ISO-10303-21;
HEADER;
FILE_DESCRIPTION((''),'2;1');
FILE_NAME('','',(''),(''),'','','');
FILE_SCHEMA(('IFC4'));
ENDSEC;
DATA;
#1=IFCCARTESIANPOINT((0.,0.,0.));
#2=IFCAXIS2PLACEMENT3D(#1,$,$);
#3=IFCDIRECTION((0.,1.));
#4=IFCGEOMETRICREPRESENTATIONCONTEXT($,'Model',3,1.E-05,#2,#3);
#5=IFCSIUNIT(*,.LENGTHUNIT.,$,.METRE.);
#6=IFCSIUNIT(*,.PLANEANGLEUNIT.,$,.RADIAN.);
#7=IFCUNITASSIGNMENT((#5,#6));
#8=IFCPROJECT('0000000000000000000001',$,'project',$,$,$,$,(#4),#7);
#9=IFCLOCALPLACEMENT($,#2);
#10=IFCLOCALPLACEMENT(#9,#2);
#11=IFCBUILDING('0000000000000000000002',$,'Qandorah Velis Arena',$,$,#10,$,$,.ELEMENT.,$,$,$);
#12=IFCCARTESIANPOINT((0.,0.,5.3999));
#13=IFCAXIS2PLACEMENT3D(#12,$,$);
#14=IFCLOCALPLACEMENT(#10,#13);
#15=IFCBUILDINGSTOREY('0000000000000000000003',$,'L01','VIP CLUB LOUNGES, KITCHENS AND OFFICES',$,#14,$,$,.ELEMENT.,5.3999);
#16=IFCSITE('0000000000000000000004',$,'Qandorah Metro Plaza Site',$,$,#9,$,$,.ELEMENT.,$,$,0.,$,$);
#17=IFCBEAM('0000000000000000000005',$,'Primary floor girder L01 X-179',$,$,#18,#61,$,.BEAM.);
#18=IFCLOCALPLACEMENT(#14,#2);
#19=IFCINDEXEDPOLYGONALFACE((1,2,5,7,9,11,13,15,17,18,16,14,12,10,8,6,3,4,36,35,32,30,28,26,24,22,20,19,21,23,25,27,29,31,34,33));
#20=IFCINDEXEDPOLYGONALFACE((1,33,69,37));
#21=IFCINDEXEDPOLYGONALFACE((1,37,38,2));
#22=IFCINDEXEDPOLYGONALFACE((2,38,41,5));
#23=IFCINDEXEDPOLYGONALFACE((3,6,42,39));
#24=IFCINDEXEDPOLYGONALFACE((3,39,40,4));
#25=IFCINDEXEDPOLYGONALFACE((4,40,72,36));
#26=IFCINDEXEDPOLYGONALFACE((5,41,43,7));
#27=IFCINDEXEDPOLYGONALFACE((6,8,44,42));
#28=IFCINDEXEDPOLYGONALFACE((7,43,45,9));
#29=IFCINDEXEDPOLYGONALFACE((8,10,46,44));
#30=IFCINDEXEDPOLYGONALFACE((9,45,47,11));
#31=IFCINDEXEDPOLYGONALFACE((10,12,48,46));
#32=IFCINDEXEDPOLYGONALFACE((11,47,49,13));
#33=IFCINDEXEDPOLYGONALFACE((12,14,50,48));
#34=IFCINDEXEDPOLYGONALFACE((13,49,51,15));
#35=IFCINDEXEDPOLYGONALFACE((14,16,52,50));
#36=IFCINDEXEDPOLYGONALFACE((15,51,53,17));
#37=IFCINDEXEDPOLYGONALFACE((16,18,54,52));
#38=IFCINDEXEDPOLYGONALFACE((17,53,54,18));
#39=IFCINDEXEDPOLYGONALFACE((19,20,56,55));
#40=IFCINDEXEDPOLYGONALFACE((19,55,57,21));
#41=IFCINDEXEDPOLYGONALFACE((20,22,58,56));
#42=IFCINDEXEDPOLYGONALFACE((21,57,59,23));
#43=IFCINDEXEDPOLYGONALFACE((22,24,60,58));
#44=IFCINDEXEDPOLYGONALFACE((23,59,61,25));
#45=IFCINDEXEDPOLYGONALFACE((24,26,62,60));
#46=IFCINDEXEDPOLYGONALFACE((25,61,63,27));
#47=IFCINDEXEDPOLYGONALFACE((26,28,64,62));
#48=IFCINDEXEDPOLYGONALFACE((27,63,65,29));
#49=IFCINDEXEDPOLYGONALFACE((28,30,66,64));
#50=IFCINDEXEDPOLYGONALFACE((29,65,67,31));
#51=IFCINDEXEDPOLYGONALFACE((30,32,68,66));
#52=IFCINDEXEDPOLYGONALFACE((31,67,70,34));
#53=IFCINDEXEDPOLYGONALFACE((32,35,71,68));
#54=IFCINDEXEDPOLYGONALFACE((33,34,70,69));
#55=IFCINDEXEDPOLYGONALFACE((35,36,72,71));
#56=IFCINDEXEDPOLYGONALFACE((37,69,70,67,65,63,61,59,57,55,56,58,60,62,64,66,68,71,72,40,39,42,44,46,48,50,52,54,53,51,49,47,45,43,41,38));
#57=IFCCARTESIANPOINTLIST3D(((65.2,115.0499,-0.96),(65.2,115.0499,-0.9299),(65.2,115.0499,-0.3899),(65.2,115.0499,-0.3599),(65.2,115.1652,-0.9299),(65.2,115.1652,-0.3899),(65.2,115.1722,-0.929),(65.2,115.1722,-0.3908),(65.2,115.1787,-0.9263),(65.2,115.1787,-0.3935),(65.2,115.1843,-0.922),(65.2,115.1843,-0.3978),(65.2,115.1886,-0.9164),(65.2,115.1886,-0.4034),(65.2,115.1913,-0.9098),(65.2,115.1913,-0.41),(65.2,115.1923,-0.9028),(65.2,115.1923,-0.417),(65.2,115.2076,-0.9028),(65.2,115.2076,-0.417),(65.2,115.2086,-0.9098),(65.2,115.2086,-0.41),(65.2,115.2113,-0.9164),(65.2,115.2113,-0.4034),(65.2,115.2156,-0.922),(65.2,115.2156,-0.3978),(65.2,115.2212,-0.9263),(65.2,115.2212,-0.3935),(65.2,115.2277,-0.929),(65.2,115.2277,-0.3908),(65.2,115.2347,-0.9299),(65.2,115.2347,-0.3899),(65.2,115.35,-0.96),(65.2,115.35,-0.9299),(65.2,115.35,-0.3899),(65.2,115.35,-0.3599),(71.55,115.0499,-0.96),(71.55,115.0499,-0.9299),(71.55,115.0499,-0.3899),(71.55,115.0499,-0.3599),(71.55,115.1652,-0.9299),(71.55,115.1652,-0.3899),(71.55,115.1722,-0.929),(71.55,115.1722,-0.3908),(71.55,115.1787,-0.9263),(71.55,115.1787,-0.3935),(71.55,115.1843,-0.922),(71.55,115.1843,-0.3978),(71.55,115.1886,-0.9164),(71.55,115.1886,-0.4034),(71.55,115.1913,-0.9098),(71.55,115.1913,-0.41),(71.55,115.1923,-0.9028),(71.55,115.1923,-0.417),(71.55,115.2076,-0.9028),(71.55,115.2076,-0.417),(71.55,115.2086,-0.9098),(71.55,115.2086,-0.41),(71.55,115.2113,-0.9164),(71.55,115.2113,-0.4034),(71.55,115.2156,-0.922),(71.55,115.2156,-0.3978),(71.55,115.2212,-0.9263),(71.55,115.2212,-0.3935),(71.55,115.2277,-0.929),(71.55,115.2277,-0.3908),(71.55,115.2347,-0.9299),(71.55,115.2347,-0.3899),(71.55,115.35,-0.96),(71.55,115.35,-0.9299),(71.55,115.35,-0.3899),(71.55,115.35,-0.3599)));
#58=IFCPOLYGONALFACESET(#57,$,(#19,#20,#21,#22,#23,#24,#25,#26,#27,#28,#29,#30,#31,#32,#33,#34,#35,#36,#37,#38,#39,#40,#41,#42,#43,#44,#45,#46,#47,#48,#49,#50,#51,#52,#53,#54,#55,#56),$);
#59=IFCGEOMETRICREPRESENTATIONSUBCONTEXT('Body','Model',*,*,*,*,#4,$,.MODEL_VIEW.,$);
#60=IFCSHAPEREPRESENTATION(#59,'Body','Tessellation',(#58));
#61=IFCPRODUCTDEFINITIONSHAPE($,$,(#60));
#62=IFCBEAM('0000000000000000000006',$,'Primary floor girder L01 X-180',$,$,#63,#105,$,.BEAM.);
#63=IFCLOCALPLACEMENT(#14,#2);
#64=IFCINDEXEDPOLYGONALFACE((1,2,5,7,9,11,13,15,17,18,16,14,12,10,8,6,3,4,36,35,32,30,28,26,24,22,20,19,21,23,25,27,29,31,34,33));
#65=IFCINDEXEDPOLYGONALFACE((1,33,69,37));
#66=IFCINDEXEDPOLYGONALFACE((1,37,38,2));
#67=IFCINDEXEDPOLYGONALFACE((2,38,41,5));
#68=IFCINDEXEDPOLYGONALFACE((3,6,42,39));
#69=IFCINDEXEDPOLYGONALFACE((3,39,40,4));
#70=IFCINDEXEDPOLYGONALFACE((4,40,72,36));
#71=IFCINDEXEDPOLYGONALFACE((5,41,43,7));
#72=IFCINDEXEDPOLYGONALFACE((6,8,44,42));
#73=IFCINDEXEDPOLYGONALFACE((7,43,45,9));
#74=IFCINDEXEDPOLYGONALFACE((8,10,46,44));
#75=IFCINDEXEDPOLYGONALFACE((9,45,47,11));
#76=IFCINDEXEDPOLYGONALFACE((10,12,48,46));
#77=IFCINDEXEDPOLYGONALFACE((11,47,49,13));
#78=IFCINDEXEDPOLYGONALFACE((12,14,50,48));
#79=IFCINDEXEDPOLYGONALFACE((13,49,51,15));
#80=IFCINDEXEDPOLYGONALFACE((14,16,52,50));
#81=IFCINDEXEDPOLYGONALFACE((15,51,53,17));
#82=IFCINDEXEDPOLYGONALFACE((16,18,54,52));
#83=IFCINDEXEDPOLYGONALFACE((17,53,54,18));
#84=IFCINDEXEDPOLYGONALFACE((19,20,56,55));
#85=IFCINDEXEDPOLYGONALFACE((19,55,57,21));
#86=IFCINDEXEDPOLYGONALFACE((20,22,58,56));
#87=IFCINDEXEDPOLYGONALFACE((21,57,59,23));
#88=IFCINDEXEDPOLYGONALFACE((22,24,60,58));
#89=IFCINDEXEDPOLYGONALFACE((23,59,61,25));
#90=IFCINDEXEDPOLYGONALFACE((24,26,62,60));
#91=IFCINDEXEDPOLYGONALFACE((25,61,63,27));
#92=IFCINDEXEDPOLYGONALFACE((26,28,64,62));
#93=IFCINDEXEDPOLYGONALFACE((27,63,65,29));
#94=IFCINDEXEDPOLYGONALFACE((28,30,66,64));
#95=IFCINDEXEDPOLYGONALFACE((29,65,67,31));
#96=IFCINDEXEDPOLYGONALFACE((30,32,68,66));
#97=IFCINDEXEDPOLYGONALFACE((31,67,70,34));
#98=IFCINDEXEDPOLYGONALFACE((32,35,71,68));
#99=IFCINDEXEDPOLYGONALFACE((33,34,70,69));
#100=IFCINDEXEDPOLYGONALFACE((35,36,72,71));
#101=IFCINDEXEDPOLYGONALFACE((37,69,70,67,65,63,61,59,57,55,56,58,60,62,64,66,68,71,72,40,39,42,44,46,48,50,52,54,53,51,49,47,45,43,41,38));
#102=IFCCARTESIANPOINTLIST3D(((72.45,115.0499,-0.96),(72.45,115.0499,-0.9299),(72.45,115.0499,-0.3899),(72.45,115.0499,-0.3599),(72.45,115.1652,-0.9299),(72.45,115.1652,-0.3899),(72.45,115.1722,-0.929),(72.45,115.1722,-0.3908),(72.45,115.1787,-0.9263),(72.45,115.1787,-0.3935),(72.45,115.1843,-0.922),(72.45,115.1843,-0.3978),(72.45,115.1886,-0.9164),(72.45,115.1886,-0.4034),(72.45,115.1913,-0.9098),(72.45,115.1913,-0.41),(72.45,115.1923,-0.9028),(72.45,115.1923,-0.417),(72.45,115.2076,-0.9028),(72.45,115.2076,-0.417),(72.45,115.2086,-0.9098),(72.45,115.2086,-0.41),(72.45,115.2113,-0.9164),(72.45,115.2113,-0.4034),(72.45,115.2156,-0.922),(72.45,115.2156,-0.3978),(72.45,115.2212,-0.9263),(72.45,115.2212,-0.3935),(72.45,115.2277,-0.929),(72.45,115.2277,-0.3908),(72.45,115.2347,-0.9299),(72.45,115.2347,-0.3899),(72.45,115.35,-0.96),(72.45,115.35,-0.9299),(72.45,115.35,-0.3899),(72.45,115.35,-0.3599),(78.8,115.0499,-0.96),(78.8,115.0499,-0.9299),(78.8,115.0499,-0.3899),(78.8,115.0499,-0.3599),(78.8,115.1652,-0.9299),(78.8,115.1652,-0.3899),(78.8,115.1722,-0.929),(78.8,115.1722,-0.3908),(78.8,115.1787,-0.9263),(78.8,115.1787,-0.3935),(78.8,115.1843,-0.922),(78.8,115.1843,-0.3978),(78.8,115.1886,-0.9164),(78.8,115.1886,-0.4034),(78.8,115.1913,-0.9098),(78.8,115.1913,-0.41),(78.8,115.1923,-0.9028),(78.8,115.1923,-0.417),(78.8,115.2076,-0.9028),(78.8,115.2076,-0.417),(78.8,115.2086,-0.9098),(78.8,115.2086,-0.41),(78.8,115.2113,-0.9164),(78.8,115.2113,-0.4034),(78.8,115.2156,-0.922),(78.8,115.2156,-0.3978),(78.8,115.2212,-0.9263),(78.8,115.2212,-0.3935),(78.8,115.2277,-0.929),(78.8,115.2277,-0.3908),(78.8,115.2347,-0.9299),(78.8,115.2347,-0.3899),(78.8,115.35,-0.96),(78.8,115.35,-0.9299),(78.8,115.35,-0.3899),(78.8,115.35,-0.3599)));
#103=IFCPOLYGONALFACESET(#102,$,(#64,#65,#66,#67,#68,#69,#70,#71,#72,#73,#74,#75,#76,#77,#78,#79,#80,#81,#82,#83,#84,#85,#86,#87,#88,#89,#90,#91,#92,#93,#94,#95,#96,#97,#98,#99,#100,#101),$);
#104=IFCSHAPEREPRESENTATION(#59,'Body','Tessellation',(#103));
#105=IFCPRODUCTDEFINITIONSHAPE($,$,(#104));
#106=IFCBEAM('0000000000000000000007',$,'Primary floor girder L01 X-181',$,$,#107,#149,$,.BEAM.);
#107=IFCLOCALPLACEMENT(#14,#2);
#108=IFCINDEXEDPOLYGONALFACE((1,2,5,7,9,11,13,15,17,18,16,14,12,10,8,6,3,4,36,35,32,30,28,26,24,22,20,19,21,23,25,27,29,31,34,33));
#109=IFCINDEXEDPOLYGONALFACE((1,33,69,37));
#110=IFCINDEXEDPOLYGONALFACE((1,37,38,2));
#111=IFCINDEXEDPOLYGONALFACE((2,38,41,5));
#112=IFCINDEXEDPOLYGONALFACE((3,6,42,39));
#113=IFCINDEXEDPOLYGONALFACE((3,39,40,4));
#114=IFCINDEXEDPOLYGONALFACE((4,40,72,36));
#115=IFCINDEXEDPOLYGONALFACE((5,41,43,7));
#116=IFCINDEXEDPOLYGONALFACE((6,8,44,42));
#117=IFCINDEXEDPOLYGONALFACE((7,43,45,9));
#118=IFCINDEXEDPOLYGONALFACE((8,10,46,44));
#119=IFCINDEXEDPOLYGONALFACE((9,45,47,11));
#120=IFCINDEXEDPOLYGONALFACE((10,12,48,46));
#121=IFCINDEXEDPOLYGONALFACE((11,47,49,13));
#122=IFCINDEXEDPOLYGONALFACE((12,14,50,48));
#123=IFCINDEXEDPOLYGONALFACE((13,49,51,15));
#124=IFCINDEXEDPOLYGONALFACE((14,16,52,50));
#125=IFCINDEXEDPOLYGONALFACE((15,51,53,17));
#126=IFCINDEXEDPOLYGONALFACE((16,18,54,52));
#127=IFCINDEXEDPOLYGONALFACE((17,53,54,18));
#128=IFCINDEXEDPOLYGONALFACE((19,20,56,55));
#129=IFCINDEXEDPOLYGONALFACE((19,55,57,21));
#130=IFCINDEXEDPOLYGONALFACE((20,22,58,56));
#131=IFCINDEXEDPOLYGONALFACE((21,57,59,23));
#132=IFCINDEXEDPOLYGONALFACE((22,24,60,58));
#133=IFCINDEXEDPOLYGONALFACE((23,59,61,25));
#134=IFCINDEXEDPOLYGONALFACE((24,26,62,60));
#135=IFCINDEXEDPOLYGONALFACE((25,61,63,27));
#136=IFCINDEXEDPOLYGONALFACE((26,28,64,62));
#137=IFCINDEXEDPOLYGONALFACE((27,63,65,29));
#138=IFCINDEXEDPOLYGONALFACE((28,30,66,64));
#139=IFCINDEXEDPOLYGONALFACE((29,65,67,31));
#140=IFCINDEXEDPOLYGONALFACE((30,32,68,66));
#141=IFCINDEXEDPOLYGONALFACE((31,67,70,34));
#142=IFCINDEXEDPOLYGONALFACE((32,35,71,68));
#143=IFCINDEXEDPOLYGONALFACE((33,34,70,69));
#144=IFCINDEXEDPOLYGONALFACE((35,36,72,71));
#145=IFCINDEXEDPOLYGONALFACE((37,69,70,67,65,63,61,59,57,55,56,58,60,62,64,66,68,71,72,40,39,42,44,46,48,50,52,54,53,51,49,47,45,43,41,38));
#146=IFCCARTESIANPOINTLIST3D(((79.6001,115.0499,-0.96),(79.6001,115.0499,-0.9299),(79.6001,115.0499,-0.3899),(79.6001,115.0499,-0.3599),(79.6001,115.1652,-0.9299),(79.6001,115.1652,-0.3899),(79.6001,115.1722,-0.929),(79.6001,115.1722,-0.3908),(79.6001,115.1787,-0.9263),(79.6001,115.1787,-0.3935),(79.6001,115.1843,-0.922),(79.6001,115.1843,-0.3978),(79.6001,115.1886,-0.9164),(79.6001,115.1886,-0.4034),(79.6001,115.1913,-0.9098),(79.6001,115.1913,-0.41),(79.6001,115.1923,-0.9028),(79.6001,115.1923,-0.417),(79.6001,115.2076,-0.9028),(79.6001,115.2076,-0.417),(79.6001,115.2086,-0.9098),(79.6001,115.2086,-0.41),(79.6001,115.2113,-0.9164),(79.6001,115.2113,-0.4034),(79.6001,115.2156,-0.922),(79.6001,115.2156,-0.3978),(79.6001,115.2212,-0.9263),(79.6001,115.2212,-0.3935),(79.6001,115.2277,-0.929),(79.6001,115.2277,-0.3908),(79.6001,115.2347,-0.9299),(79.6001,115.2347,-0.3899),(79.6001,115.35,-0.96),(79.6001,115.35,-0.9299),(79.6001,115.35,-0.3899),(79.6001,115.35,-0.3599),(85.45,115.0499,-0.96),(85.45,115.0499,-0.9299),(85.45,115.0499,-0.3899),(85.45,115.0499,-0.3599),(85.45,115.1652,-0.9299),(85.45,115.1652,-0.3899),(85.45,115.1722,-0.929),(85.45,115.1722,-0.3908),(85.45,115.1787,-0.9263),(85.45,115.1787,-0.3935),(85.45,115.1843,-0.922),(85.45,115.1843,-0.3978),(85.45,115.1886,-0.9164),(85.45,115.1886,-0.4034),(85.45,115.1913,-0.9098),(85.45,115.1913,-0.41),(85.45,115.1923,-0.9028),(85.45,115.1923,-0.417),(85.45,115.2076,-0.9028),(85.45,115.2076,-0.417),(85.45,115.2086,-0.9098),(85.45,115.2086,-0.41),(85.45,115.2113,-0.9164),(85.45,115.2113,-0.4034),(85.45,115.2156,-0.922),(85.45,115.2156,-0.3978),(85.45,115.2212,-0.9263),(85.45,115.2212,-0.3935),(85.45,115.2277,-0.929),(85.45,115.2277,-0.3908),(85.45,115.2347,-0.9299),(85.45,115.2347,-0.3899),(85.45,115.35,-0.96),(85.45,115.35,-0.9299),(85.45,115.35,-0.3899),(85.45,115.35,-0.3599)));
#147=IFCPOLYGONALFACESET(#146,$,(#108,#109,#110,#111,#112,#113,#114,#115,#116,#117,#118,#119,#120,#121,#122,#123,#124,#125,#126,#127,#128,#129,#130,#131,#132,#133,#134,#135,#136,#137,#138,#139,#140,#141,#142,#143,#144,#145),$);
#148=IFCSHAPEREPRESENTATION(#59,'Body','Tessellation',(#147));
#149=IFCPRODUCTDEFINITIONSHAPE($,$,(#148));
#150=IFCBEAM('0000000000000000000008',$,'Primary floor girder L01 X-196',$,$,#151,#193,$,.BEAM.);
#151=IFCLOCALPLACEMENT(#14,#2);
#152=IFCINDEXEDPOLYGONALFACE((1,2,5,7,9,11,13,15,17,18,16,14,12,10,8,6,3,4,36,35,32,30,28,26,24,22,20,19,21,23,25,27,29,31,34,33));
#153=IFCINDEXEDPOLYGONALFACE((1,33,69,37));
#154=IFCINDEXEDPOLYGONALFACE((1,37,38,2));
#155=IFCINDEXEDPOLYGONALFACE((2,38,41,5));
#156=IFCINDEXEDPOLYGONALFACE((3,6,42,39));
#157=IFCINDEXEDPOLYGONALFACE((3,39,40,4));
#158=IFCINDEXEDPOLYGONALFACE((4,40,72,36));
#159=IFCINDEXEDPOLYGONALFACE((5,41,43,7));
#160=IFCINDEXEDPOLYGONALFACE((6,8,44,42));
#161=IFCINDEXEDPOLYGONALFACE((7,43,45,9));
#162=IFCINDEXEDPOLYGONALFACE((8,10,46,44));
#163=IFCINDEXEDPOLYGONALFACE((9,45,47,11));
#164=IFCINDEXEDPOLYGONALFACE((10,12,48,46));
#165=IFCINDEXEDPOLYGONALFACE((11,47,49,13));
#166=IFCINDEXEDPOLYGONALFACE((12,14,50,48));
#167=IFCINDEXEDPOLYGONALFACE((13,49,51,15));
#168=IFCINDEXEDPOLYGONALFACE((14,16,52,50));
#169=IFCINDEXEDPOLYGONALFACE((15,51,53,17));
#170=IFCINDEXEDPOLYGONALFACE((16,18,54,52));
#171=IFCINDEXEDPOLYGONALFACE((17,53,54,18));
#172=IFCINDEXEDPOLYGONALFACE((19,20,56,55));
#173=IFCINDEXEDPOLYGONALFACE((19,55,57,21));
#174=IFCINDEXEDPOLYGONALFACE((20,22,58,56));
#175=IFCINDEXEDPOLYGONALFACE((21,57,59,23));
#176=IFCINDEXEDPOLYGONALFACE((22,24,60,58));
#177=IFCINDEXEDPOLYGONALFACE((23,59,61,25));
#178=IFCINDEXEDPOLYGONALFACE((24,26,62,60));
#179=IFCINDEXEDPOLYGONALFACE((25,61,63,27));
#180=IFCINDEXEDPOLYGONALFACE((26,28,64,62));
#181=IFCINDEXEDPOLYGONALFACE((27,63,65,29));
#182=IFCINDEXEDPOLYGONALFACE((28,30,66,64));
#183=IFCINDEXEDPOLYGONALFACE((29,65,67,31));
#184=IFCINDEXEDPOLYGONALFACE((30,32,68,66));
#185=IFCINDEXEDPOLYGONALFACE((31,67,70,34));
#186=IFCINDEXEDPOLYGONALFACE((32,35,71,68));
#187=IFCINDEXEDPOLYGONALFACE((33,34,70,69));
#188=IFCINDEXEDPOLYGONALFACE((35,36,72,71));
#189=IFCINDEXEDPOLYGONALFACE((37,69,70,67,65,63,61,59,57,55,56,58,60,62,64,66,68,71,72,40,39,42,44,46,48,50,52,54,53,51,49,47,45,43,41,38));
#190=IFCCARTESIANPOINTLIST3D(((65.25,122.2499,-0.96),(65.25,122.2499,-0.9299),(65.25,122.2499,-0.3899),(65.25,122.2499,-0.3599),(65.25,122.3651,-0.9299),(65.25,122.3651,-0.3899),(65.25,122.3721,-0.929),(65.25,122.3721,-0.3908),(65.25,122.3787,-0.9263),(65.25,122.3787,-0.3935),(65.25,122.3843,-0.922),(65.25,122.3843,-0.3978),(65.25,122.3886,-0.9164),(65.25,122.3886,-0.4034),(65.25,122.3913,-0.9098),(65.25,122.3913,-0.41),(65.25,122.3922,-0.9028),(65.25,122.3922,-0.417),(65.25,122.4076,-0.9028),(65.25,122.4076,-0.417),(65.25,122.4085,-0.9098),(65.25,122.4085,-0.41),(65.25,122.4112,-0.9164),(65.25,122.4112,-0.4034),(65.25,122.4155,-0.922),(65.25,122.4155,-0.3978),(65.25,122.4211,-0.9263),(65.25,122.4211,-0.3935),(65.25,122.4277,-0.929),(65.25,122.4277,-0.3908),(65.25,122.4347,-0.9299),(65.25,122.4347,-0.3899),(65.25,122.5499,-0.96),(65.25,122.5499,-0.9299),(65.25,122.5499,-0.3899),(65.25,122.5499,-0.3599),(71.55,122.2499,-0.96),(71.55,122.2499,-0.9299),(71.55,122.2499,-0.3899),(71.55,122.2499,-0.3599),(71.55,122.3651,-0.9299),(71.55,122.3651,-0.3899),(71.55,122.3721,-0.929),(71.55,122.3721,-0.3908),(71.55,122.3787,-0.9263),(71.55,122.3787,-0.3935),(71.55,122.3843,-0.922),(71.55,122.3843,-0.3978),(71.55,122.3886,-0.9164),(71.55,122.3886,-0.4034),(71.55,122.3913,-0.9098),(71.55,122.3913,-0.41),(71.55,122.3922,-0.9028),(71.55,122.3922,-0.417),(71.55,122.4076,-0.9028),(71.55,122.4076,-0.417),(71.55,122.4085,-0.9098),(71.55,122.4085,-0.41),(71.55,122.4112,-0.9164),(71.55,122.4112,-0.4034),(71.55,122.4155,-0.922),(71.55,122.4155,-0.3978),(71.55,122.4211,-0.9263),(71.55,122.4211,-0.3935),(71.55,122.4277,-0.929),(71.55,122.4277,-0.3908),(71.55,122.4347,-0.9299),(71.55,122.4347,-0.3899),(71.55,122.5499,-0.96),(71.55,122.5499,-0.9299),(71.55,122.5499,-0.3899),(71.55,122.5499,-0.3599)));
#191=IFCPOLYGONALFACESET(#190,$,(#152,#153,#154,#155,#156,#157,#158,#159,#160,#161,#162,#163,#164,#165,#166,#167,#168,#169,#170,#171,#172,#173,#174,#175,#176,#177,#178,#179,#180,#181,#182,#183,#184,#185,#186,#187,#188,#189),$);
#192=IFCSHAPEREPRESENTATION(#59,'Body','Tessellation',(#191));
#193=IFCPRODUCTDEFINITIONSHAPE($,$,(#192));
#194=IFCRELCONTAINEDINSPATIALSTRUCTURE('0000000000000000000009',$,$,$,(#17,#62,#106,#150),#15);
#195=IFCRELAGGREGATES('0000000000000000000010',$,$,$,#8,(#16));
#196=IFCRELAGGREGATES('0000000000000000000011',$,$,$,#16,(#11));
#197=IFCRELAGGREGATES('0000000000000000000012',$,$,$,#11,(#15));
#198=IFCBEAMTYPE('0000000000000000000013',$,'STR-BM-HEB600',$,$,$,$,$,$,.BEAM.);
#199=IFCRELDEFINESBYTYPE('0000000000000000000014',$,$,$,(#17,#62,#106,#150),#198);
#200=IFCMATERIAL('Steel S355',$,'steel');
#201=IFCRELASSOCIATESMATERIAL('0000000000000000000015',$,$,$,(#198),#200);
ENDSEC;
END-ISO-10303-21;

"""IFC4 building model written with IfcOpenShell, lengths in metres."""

from ifc_helpers import new_model, si_unit, direction, frame, origin, origin_2d, place, context, subcontext, project, spatial, i_section, extrude, material, material_profile, profile_set, type_object, element, save


model = new_model("IFC4")

# Units and contexts
model_context = context("Model", 3, precision=1e-05, world=origin(), true_north=direction((0.0, 1.0)))
body_context = subcontext(model_context, "Body", "Model", "MODEL_VIEW")
ifc_project = project(units=[si_unit("LENGTHUNIT", "METRE"), si_unit("PLANEANGLEUNIT", "RADIAN")], contexts=[model_context])

# Site, building, storey
site_placement = place(None, origin())
site = spatial("IfcSite", under=ifc_project, at=site_placement, Name="Qandorah Metro Plaza Site", CompositionType="ELEMENT", RefElevation=0.0)
building_placement = place(site_placement, origin())
building = spatial("IfcBuilding", under=site, at=building_placement, Name="Qandorah Velis Arena", CompositionType="ELEMENT")
storey_placement = place(building_placement, frame((0.0, 0.0, 5.3999)))
storey = spatial("IfcBuildingStorey", under=building, at=storey_placement, Name="L01", Description="VIP CLUB LOUNGES, KITCHENS AND OFFICES", CompositionType="ELEMENT", Elevation=5.3999)

# Beams
ifc_material_1 = material(Name="Steel S355", Category="steel")
ifc_material_profile_1 = material_profile(ifc_material_1, i_section(OverallWidth=0.3, OverallDepth=0.6001, WebThickness=0.0154, FlangeThickness=0.03, FilletRadius=0.0271, at=origin_2d()), Name="HEB 600")
ifc_profile_set_1 = profile_set([ifc_material_profile_1], Name="Steel S355")
beam_type_1 = type_object("IfcBeamType", Name="STR-BM-HEB600", PredefinedType="BEAM", material=ifc_profile_set_1)
for number, where, z_axis, x_axis, name in (
    (1, (65.2, 115.2, -0.6599), (1.0, 0.0, 0.0), (0.0, 1.0, 0.0), "Primary floor girder L01 X-179"),
    (2, (72.45, 115.2, -0.6599), (1.0, 0.0, 0.0), (0.0, 1.0, 0.0), "Primary floor girder L01 X-180"),
):
    element("IfcBeam", number, at=place(storey_placement, frame(where, z_axis=z_axis, x_axis=x_axis)), inside=storey, type_object=beam_type_1, Name=name, PredefinedType="BEAM", context=body_context, shape_type="SweptSolid", body=[
        extrude(i_section(OverallWidth=0.3, OverallDepth=0.6001, WebThickness=0.0154, FlangeThickness=0.03, FilletRadius=0.0271, at=origin_2d()), origin(), (0.0, 0.0, 1.0), 6.3501),
    ])
beam_1_placement = place(storey_placement, frame((79.6001, 115.2, -0.6599), z_axis=(1.0, 0.0, 0.0), x_axis=(0.0, 1.0, 0.0)))
element("IfcBeam", 3, at=beam_1_placement, inside=storey, type_object=beam_type_1, Name="Primary floor girder L01 X-181", PredefinedType="BEAM", context=body_context, shape_type="SweptSolid", body=[
    extrude(i_section(OverallWidth=0.3, OverallDepth=0.6001, WebThickness=0.0154, FlangeThickness=0.03, FilletRadius=0.0271, at=origin_2d()), origin(), (0.0, 0.0, 1.0), 5.8499),
])
for number, where, z_axis, x_axis, name in (
    (4, (65.25, 122.3999, -0.6599), (1.0, 0.0, 0.0), (0.0, 1.0, 0.0), "Primary floor girder L01 X-196"),
):
    element("IfcBeam", number, at=place(storey_placement, frame(where, z_axis=z_axis, x_axis=x_axis)), inside=storey, type_object=beam_type_1, Name=name, PredefinedType="BEAM", context=body_context, shape_type="SweptSolid", body=[
        extrude(i_section(OverallWidth=0.3, OverallDepth=0.6001, WebThickness=0.0154, FlangeThickness=0.03, FilletRadius=0.0271, at=origin_2d()), origin(), (0.0, 0.0, 1.0), 6.3),
    ])

save(model, "model.ifc")
